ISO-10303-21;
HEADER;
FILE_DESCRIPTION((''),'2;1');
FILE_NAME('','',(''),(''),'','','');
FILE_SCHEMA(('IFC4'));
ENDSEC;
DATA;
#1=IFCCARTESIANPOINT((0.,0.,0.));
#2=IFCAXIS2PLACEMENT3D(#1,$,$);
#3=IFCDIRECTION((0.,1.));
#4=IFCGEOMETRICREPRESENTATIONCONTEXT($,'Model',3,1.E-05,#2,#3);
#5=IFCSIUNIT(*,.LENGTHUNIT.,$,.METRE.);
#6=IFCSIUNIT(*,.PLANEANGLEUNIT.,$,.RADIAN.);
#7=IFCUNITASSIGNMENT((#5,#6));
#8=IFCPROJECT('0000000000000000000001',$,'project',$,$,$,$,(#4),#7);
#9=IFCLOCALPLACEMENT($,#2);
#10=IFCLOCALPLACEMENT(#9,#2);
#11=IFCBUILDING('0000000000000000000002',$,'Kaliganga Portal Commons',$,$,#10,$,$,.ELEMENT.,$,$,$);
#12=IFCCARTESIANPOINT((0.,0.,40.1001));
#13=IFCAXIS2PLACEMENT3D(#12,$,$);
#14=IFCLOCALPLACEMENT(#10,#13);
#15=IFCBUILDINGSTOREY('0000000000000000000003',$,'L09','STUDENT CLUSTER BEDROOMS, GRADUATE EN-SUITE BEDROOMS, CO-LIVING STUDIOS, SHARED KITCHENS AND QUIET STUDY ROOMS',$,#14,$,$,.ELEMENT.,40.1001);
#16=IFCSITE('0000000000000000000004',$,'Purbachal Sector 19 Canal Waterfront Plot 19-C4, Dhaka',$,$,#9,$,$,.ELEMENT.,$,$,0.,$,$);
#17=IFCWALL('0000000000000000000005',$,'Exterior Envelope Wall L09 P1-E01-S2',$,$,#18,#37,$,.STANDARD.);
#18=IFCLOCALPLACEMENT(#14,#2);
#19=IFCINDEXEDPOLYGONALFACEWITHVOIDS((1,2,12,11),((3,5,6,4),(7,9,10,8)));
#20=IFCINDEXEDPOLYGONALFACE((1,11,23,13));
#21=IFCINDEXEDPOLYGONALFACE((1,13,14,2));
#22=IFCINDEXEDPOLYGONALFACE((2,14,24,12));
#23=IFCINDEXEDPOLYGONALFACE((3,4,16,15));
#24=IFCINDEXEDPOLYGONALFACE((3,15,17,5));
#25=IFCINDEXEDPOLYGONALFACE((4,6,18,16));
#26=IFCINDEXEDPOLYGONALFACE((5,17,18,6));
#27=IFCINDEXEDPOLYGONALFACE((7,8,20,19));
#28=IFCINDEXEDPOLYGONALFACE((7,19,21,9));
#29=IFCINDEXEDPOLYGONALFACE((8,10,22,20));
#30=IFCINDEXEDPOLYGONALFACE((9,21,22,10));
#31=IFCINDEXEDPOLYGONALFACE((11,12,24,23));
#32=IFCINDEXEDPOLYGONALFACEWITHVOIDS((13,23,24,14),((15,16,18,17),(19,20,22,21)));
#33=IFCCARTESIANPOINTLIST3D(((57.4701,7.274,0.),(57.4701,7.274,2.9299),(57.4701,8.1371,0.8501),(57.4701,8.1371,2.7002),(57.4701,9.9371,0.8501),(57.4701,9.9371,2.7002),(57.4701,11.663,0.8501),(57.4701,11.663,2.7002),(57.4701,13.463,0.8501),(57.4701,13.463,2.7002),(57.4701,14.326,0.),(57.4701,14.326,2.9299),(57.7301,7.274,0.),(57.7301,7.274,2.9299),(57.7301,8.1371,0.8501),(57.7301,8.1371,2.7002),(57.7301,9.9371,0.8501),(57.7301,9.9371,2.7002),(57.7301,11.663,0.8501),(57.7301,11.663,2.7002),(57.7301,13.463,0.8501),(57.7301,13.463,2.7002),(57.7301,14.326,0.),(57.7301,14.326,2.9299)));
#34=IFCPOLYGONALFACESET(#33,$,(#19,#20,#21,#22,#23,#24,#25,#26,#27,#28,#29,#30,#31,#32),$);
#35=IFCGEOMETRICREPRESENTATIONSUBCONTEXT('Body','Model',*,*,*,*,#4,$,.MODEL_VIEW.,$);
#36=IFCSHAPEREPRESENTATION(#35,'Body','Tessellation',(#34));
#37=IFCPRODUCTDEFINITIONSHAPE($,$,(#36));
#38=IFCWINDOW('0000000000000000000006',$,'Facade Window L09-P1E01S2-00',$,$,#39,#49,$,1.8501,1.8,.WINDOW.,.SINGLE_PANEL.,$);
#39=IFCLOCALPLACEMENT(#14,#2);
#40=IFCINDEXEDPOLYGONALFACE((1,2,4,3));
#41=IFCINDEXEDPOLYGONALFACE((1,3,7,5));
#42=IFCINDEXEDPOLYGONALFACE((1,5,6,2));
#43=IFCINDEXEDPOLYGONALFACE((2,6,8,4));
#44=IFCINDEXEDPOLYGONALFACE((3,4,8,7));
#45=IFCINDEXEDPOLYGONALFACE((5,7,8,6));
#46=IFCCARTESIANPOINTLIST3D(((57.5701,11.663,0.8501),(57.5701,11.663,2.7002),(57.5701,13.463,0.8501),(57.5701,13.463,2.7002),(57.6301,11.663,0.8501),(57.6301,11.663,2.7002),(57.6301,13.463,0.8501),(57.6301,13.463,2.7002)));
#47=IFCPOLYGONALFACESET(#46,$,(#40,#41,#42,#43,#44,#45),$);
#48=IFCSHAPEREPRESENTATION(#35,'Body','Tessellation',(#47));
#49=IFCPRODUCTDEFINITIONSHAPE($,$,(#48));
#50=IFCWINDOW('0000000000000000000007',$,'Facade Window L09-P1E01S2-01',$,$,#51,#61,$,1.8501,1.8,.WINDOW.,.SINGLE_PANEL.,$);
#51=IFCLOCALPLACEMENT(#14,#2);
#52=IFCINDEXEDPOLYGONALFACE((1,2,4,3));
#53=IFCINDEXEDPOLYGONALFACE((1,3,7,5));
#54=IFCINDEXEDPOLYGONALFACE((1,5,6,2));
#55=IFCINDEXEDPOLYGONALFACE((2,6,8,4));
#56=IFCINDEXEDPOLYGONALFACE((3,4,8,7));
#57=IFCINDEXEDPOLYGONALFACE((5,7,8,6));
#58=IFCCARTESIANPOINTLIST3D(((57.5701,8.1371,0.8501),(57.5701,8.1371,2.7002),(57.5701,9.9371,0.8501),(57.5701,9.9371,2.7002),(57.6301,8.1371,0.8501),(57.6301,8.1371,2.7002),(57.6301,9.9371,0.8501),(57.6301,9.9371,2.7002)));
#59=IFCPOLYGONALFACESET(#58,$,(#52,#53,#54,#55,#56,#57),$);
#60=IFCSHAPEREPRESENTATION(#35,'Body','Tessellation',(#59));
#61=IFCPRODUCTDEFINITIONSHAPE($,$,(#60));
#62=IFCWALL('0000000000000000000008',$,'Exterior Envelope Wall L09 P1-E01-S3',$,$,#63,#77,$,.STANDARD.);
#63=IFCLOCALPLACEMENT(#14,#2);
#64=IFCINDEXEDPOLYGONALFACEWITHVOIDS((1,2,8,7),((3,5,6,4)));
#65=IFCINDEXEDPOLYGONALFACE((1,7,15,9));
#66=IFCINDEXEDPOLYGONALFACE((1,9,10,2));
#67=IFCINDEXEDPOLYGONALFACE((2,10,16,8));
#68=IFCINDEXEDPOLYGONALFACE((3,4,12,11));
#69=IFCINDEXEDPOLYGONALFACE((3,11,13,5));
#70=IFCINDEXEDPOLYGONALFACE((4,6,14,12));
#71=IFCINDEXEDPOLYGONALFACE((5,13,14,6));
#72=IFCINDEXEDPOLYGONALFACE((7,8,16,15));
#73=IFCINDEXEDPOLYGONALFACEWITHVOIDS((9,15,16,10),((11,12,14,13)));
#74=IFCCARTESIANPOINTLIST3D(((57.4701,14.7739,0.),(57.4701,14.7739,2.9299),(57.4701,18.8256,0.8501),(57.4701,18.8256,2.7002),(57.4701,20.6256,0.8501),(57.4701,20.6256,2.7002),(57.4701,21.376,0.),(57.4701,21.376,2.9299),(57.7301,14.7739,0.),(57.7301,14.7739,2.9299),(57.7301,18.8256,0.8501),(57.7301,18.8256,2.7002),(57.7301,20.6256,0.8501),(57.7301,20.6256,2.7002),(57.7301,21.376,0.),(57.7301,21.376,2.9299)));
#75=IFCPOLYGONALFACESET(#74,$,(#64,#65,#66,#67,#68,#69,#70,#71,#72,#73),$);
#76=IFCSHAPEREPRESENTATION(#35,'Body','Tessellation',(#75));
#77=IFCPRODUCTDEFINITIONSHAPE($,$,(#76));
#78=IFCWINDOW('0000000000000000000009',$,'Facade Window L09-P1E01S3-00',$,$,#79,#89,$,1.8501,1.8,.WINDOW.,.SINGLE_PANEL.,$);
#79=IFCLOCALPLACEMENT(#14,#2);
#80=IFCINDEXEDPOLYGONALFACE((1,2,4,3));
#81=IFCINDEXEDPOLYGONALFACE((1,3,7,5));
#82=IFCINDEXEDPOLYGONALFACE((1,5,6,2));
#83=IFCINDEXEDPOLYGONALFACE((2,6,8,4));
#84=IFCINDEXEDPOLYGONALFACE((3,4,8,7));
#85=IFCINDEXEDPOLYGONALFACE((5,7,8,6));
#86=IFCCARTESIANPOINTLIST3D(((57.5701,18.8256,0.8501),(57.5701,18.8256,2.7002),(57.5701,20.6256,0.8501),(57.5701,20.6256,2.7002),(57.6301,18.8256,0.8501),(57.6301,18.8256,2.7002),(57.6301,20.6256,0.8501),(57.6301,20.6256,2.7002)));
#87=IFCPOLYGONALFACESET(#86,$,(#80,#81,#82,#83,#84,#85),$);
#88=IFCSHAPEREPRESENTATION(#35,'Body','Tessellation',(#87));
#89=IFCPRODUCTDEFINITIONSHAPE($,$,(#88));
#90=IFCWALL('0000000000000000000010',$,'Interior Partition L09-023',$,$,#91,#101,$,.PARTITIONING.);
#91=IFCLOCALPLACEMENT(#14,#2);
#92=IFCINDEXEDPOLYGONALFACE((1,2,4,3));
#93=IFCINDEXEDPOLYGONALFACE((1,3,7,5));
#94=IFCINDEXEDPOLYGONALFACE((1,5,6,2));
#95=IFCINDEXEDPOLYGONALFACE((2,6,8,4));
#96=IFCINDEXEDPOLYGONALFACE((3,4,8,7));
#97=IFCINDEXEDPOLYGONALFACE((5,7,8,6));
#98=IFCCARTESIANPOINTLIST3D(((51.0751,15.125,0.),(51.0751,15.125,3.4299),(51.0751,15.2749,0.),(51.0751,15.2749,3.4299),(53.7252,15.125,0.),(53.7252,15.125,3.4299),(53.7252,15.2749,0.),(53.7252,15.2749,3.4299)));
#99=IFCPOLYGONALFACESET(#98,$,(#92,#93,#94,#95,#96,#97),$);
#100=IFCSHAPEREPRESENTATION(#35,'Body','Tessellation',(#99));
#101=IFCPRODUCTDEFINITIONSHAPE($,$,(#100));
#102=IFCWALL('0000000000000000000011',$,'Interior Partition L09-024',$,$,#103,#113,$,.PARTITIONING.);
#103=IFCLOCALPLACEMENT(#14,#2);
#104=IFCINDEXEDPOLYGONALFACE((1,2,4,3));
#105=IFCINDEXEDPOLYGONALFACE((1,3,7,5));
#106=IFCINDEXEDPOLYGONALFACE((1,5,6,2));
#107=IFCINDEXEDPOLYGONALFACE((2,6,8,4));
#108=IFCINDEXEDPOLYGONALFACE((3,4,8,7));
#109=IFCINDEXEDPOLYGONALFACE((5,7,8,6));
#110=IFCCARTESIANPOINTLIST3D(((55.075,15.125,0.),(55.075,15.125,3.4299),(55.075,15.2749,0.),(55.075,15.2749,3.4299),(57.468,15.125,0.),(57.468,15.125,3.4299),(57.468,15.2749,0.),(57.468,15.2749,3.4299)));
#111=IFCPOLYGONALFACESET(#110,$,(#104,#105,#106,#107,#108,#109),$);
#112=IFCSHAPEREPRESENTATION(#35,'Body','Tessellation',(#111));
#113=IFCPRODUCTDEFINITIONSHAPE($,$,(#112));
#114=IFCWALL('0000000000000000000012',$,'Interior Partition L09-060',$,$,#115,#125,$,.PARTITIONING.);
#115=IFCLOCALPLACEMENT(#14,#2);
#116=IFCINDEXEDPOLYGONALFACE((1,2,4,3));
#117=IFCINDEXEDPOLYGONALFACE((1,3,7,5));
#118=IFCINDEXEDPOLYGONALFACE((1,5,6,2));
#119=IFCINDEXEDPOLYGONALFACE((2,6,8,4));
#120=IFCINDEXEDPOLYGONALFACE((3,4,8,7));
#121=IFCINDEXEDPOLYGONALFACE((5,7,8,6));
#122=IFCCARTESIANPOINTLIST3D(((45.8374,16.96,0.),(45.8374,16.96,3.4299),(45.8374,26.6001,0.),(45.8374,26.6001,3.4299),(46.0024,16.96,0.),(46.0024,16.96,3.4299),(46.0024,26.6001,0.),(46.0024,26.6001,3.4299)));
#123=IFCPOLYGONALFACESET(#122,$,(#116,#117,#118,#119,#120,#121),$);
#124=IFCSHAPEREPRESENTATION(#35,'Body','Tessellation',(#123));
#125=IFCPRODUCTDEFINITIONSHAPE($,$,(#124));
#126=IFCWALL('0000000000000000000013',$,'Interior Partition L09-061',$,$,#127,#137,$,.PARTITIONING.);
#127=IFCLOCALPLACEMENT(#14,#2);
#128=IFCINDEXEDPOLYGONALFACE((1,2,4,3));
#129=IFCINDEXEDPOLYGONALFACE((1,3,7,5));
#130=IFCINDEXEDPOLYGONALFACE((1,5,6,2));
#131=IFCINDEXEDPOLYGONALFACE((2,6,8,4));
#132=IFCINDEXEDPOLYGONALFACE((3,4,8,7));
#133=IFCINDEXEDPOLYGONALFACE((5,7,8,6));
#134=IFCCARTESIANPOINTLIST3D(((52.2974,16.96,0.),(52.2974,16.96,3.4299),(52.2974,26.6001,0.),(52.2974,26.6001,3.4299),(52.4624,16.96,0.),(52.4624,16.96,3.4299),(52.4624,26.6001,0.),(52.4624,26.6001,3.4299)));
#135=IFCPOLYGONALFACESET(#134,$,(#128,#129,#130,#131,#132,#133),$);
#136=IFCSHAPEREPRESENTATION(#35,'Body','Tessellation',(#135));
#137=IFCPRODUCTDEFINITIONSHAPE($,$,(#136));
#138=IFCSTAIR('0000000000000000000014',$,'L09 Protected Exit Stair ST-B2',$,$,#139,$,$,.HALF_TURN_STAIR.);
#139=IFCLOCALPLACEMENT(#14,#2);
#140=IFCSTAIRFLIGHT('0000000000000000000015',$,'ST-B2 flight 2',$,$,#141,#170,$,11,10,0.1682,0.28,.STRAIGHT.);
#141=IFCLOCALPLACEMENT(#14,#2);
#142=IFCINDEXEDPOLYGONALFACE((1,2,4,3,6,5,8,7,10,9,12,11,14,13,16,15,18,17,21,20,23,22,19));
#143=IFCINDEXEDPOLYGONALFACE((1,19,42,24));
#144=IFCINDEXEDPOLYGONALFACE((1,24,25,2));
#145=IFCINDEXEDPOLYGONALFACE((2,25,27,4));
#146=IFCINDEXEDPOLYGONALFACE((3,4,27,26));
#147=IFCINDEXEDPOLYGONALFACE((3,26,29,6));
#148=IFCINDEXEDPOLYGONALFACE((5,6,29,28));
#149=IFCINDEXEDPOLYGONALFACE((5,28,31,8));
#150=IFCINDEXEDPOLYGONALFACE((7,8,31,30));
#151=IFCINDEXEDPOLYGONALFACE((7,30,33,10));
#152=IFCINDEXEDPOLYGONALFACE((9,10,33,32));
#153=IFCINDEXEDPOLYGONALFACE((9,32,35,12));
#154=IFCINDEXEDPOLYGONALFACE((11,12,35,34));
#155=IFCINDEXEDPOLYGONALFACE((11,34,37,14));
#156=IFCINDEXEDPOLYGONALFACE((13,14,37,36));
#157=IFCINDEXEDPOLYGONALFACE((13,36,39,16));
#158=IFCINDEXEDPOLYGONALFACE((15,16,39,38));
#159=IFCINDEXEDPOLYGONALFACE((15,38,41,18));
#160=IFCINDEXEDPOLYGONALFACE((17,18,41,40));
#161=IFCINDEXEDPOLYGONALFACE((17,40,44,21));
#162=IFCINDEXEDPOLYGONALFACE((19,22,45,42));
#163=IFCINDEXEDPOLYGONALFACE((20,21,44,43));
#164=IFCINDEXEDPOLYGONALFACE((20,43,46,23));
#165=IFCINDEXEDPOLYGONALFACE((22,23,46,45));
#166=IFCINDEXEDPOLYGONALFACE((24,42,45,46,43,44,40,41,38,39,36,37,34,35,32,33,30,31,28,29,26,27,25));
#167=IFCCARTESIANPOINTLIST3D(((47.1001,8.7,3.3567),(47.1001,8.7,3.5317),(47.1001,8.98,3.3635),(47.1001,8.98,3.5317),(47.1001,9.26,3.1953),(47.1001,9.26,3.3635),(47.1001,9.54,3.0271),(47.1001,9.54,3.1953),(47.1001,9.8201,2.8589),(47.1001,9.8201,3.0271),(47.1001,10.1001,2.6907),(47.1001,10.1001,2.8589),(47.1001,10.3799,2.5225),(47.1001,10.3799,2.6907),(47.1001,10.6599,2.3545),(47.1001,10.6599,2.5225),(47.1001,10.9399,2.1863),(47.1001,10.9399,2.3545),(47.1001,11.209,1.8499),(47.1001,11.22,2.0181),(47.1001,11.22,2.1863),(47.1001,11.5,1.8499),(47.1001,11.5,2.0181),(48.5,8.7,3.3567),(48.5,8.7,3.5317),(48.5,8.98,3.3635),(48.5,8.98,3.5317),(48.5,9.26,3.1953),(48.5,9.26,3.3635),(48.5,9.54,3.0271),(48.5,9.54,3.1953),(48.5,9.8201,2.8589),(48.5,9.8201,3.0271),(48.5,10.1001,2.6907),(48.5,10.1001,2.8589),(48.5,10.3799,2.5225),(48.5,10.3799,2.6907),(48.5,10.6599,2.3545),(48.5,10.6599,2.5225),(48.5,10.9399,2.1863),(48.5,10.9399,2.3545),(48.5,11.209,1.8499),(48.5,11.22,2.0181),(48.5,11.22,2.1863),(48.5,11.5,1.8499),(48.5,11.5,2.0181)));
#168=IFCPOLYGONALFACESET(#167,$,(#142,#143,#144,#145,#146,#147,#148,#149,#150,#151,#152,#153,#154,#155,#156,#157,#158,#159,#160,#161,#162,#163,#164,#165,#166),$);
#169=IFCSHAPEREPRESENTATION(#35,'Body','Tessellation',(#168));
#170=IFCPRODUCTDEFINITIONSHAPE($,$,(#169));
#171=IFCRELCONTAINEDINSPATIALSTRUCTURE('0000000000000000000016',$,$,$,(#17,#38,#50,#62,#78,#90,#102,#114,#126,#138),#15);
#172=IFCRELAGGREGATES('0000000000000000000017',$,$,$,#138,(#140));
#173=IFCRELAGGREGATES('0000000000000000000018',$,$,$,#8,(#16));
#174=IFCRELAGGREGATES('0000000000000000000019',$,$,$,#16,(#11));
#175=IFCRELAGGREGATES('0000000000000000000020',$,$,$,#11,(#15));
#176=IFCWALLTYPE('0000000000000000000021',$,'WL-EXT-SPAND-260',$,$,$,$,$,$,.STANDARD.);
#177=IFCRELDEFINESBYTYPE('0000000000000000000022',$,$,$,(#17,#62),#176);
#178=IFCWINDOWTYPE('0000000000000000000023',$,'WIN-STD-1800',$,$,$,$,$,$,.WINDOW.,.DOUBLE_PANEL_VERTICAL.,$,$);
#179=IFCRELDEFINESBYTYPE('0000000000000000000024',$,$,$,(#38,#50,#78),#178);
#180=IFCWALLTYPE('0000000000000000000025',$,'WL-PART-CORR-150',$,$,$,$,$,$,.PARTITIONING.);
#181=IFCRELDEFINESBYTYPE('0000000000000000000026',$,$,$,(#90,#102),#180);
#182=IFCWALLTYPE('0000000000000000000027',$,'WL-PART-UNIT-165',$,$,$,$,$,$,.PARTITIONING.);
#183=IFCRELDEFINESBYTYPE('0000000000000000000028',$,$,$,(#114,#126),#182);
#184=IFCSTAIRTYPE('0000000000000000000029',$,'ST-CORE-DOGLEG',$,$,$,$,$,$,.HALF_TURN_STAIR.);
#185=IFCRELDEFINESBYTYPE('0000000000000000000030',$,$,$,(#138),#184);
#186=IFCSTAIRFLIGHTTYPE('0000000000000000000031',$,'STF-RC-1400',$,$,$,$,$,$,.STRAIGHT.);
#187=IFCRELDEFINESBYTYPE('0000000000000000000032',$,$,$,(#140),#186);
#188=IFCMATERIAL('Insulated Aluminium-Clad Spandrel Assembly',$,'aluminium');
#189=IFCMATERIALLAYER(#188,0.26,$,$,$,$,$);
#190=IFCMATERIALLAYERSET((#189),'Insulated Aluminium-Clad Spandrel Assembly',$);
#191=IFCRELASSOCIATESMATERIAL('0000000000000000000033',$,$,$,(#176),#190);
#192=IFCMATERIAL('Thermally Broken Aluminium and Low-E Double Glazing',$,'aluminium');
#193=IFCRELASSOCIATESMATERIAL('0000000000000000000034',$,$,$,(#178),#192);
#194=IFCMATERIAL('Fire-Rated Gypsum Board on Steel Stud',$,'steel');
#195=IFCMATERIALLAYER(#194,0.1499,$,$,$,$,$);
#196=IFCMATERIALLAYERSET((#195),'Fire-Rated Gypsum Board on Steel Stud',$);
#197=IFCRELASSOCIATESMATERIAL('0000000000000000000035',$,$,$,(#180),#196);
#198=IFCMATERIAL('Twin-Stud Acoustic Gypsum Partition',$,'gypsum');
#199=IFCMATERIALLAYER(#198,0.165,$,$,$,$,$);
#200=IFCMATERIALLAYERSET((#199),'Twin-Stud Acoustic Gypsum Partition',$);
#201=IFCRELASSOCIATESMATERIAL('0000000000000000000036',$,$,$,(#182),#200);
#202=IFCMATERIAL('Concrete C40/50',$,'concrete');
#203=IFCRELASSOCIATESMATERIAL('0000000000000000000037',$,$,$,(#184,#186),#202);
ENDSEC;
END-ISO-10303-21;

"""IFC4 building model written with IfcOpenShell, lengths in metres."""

from ifc_helpers import new_model, si_unit, direction, frame, frame_2d, origin, place, context, subcontext, project, spatial, polyline, rectangle, outline, extrude, material, layer, layer_set, type_object, element, fill, aggregate, save


model = new_model("IFC4")

# Units and contexts
model_context = context("Model", 3, precision=1e-05, world=origin(), true_north=direction((0.0, 1.0)))
body_context = subcontext(model_context, "Body", "Model", "MODEL_VIEW")
ifc_project = project(units=[si_unit("LENGTHUNIT", "METRE"), si_unit("PLANEANGLEUNIT", "RADIAN")], contexts=[model_context])

# Site, building, storey
site_placement = place(None, origin())
site = spatial("IfcSite", under=ifc_project, at=site_placement, Name="Purbachal Sector 19 Canal Waterfront Plot 19-C4, Dhaka", CompositionType="ELEMENT", RefElevation=0.0)
building_placement = place(site_placement, origin())
building = spatial("IfcBuilding", under=site, at=building_placement, Name="Kaliganga Portal Commons", CompositionType="ELEMENT")
storey_placement = place(building_placement, frame((0.0, 0.0, 40.1001)))
storey = spatial("IfcBuildingStorey", under=building, at=storey_placement, Name="L09", Description="STUDENT CLUSTER BEDROOMS, GRADUATE EN-SUITE BEDROOMS, CO-LIVING STUDIOS, SHARED KITCHENS AND QUIET STUDY ROOMS", CompositionType="ELEMENT", Elevation=40.1001)

# Wall, openings, windows
ifc_material_1 = material(Name="Insulated Aluminium-Clad Spandrel Assembly", Category="aluminium")
ifc_layer_1 = layer(ifc_material_1, 0.26)
ifc_layer_set_1 = layer_set([ifc_layer_1], Name="Insulated Aluminium-Clad Spandrel Assembly")
wall_type_1 = type_object("IfcWallType", Name="WL-EXT-SPAND-260", PredefinedType="STANDARD", material=ifc_layer_set_1)
wall_1_placement = place(storey_placement, frame((57.6001, 14.3259, 0.0), z_axis=(0.0, 0.0, 1.0), x_axis=(0.0, -1.0, 0.0)))
wall_1 = element("IfcWall", 1, at=wall_1_placement, inside=storey, type_object=wall_type_1, Name="Exterior Envelope Wall L09 P1-E01-S2", PredefinedType="STANDARD", context=body_context, shape_type="SweptSolid", body=[
    extrude(rectangle(XDim=7.052, YDim=0.26, at=frame_2d((3.5259, 0.0))), origin(), (0.0, 0.0, 1.0), 2.9299),
])
opening_1_placement = place(wall_1_placement, frame((0.863, 0.0, 0.8501)))
opening_1 = element("IfcOpeningElement", 2, at=opening_1_placement, cuts=wall_1, PredefinedType="OPENING", context=body_context, shape_type="SweptSolid", body=[
    extrude(rectangle(XDim=1.8, YDim=1.8501, at=frame_2d((0.8999, 0.925))), frame((0.0, 0.1401, 0.0), z_axis=(0.0, -1.0, 0.0), x_axis=(1.0, 0.0, 0.0)), (0.0, 0.0, 1.0), 0.28),
])
opening_2_placement = place(wall_1_placement, frame((4.3889, 0.0, 0.8501)))
opening_2 = element("IfcOpeningElement", 3, at=opening_2_placement, cuts=wall_1, PredefinedType="OPENING", context=body_context, shape_type="SweptSolid", body=[
    extrude(rectangle(XDim=1.8, YDim=1.8501, at=frame_2d((0.8999, 0.925))), frame((0.0, 0.1401, 0.0), z_axis=(0.0, -1.0, 0.0), x_axis=(1.0, 0.0, 0.0)), (0.0, 0.0, 1.0), 0.28),
])
ifc_material_2 = material(Name="Thermally Broken Aluminium and Low-E Double Glazing", Category="aluminium")
window_type = type_object("IfcWindowType", Name="WIN-STD-1800", PartitioningType="DOUBLE_PANEL_VERTICAL", PredefinedType="WINDOW", material=ifc_material_2)
window_1_placement = place(opening_1_placement, origin())
window_1 = element("IfcWindow", 4, at=window_1_placement, inside=storey, type_object=window_type, Name="Facade Window L09-P1E01S2-00", OverallHeight=1.8501, OverallWidth=1.8, PartitioningType="SINGLE_PANEL", PredefinedType="WINDOW", context=body_context, shape_type="SweptSolid", body=[
    extrude(rectangle(XDim=1.8, YDim=1.8501, at=frame_2d((0.8999, 0.925))), frame((0.0, 0.03, 0.0), z_axis=(0.0, -1.0, 0.0), x_axis=(1.0, 0.0, 0.0)), (0.0, 0.0, 1.0), 0.0601),
])
fill(opening_1, window_1)
window_2_placement = place(opening_2_placement, origin())
window_2 = element("IfcWindow", 5, at=window_2_placement, inside=storey, type_object=window_type, Name="Facade Window L09-P1E01S2-01", OverallHeight=1.8501, OverallWidth=1.8, PartitioningType="SINGLE_PANEL", PredefinedType="WINDOW", context=body_context, shape_type="SweptSolid", body=[
    extrude(rectangle(XDim=1.8, YDim=1.8501, at=frame_2d((0.8999, 0.925))), frame((0.0, 0.03, 0.0), z_axis=(0.0, -1.0, 0.0), x_axis=(1.0, 0.0, 0.0)), (0.0, 0.0, 1.0), 0.0601),
])
fill(opening_2, window_2)

# Wall, opening, window
wall_2_placement = place(storey_placement, frame((57.6001, 21.376, 0.0), z_axis=(0.0, 0.0, 1.0), x_axis=(0.0, -1.0, 0.0)))
wall_2 = element("IfcWall", 6, at=wall_2_placement, inside=storey, type_object=wall_type_1, Name="Exterior Envelope Wall L09 P1-E01-S3", PredefinedType="STANDARD", context=body_context, shape_type="SweptSolid", body=[
    extrude(rectangle(XDim=6.6021, YDim=0.26, at=frame_2d((3.301, 0.0))), origin(), (0.0, 0.0, 1.0), 2.9299),
])
opening_3_placement = place(wall_2_placement, frame((0.7505, 0.0, 0.8501)))
opening_3 = element("IfcOpeningElement", 7, at=opening_3_placement, cuts=wall_2, PredefinedType="OPENING", context=body_context, shape_type="SweptSolid", body=[
    extrude(rectangle(XDim=1.8, YDim=1.8501, at=frame_2d((0.8999, 0.925))), frame((0.0, 0.1401, 0.0), z_axis=(0.0, -1.0, 0.0), x_axis=(1.0, 0.0, 0.0)), (0.0, 0.0, 1.0), 0.28),
])
window_3_placement = place(opening_3_placement, origin())
window_3 = element("IfcWindow", 8, at=window_3_placement, inside=storey, type_object=window_type, Name="Facade Window L09-P1E01S3-00", OverallHeight=1.8501, OverallWidth=1.8, PartitioningType="SINGLE_PANEL", PredefinedType="WINDOW", context=body_context, shape_type="SweptSolid", body=[
    extrude(rectangle(XDim=1.8, YDim=1.8501, at=frame_2d((0.8999, 0.925))), frame((0.0, 0.03, 0.0), z_axis=(0.0, -1.0, 0.0), x_axis=(1.0, 0.0, 0.0)), (0.0, 0.0, 1.0), 0.0601),
])
fill(opening_3, window_3)

# Walls
ifc_material_3 = material(Name="Fire-Rated Gypsum Board on Steel Stud", Category="steel")
ifc_layer_2 = layer(ifc_material_3, 0.1499)
ifc_layer_set_2 = layer_set([ifc_layer_2], Name="Fire-Rated Gypsum Board on Steel Stud")
wall_type_2 = type_object("IfcWallType", Name="WL-PART-CORR-150", PredefinedType="PARTITIONING", material=ifc_layer_set_2)
wall_3_placement = place(storey_placement, frame((51.075, 15.2, 0.0), z_axis=(0.0, 0.0, 1.0), x_axis=(1.0, 0.0, 0.0)))
element("IfcWall", 9, at=wall_3_placement, inside=storey, type_object=wall_type_2, Name="Interior Partition L09-023", PredefinedType="PARTITIONING", context=body_context, shape_type="SweptSolid", body=[
    extrude(rectangle(XDim=2.6501, YDim=0.1499, at=frame_2d((1.3252, 0.0))), origin(), (0.0, 0.0, 1.0), 3.4299),
])
wall_4_placement = place(storey_placement, frame((55.075, 15.2, 0.0), z_axis=(0.0, 0.0, 1.0), x_axis=(1.0, 0.0, 0.0)))
element("IfcWall", 10, at=wall_4_placement, inside=storey, type_object=wall_type_2, Name="Interior Partition L09-024", PredefinedType="PARTITIONING", context=body_context, shape_type="SweptSolid", body=[
    extrude(rectangle(XDim=2.3931, YDim=0.1499, at=frame_2d((1.1965, 0.0))), origin(), (0.0, 0.0, 1.0), 3.4299),
])

# Walls
ifc_material_4 = material(Name="Twin-Stud Acoustic Gypsum Partition", Category="gypsum")
ifc_layer_3 = layer(ifc_material_4, 0.165)
ifc_layer_set_3 = layer_set([ifc_layer_3], Name="Twin-Stud Acoustic Gypsum Partition")
wall_type_3 = type_object("IfcWallType", Name="WL-PART-UNIT-165", PredefinedType="PARTITIONING", material=ifc_layer_set_3)
for number, where, z_axis, x_axis, name in (
    (11, (45.9199, 16.96, 0.0), (0.0, 0.0, 1.0), (0.0, 1.0, 0.0), "Interior Partition L09-060"),
    (12, (52.3799, 16.96, 0.0), (0.0, 0.0, 1.0), (0.0, 1.0, 0.0), "Interior Partition L09-061"),
):
    element("IfcWall", number, at=place(storey_placement, frame(where, z_axis=z_axis, x_axis=x_axis)), inside=storey, type_object=wall_type_3, Name=name, PredefinedType="PARTITIONING", context=body_context, shape_type="SweptSolid", body=[
        extrude(rectangle(XDim=9.6401, YDim=0.165, at=frame_2d((4.8201, 0.0))), origin(), (0.0, 0.0, 1.0), 3.4299),
    ])

# Stair, stair flight
ifc_material_5 = material(Name="Concrete C40/50", Category="concrete")
stair_type = type_object("IfcStairType", Name="ST-CORE-DOGLEG", PredefinedType="HALF_TURN_STAIR", material=ifc_material_5)
stair_placement = place(storey_placement, origin())
stair = element("IfcStair", 13, at=stair_placement, inside=storey, type_object=stair_type, Name="L09 Protected Exit Stair ST-B2", PredefinedType="HALF_TURN_STAIR")
stair_flight_type = type_object("IfcStairFlightType", Name="STF-RC-1400", PredefinedType="STRAIGHT", material=ifc_material_5)
stair_flight_placement = place(storey_placement, frame((47.8, 11.5, 1.8499), z_axis=(0.0, 0.0, 1.0), x_axis=(0.0, -1.0, 0.0)))
stair_flight = element("IfcStairFlight", 14, at=stair_flight_placement, type_object=stair_flight_type, Name="ST-B2 flight 2", NumberOfRisers=11, NumberOfTreads=10, PredefinedType="STRAIGHT", RiserHeight=0.1682, TreadLength=0.28, context=body_context, shape_type="SweptSolid", body=[
    extrude(outline(polyline([(0.0, 0.0), (0.0, 0.1682), (0.28, 0.1682), (0.28, 0.3364), (0.5601, 0.3364), (0.5601, 0.5046), (0.8401, 0.5046), (0.8401, 0.6726), (1.1201, 0.6726), (1.1201, 0.8408), (1.3999, 0.8408), (1.3999, 1.009), (1.6799, 1.009), (1.6799, 1.1772), (1.96, 1.1772), (1.96, 1.3455), (2.24, 1.3455), (2.24, 1.5137), (2.52, 1.5137), (2.52, 1.6819), (2.8, 1.6819), (2.8, 1.8501), (2.8, 1.5068), (0.291, 0.0), (0.0, 0.0)])), frame((0.0, 0.7, 0.0), z_axis=(0.0, -1.0, 0.0), x_axis=(1.0, 0.0, 0.0)), (0.0, 0.0, 1.0), 1.3999),
])
aggregate(stair, [stair_flight])

save(model, "model.ifc")
